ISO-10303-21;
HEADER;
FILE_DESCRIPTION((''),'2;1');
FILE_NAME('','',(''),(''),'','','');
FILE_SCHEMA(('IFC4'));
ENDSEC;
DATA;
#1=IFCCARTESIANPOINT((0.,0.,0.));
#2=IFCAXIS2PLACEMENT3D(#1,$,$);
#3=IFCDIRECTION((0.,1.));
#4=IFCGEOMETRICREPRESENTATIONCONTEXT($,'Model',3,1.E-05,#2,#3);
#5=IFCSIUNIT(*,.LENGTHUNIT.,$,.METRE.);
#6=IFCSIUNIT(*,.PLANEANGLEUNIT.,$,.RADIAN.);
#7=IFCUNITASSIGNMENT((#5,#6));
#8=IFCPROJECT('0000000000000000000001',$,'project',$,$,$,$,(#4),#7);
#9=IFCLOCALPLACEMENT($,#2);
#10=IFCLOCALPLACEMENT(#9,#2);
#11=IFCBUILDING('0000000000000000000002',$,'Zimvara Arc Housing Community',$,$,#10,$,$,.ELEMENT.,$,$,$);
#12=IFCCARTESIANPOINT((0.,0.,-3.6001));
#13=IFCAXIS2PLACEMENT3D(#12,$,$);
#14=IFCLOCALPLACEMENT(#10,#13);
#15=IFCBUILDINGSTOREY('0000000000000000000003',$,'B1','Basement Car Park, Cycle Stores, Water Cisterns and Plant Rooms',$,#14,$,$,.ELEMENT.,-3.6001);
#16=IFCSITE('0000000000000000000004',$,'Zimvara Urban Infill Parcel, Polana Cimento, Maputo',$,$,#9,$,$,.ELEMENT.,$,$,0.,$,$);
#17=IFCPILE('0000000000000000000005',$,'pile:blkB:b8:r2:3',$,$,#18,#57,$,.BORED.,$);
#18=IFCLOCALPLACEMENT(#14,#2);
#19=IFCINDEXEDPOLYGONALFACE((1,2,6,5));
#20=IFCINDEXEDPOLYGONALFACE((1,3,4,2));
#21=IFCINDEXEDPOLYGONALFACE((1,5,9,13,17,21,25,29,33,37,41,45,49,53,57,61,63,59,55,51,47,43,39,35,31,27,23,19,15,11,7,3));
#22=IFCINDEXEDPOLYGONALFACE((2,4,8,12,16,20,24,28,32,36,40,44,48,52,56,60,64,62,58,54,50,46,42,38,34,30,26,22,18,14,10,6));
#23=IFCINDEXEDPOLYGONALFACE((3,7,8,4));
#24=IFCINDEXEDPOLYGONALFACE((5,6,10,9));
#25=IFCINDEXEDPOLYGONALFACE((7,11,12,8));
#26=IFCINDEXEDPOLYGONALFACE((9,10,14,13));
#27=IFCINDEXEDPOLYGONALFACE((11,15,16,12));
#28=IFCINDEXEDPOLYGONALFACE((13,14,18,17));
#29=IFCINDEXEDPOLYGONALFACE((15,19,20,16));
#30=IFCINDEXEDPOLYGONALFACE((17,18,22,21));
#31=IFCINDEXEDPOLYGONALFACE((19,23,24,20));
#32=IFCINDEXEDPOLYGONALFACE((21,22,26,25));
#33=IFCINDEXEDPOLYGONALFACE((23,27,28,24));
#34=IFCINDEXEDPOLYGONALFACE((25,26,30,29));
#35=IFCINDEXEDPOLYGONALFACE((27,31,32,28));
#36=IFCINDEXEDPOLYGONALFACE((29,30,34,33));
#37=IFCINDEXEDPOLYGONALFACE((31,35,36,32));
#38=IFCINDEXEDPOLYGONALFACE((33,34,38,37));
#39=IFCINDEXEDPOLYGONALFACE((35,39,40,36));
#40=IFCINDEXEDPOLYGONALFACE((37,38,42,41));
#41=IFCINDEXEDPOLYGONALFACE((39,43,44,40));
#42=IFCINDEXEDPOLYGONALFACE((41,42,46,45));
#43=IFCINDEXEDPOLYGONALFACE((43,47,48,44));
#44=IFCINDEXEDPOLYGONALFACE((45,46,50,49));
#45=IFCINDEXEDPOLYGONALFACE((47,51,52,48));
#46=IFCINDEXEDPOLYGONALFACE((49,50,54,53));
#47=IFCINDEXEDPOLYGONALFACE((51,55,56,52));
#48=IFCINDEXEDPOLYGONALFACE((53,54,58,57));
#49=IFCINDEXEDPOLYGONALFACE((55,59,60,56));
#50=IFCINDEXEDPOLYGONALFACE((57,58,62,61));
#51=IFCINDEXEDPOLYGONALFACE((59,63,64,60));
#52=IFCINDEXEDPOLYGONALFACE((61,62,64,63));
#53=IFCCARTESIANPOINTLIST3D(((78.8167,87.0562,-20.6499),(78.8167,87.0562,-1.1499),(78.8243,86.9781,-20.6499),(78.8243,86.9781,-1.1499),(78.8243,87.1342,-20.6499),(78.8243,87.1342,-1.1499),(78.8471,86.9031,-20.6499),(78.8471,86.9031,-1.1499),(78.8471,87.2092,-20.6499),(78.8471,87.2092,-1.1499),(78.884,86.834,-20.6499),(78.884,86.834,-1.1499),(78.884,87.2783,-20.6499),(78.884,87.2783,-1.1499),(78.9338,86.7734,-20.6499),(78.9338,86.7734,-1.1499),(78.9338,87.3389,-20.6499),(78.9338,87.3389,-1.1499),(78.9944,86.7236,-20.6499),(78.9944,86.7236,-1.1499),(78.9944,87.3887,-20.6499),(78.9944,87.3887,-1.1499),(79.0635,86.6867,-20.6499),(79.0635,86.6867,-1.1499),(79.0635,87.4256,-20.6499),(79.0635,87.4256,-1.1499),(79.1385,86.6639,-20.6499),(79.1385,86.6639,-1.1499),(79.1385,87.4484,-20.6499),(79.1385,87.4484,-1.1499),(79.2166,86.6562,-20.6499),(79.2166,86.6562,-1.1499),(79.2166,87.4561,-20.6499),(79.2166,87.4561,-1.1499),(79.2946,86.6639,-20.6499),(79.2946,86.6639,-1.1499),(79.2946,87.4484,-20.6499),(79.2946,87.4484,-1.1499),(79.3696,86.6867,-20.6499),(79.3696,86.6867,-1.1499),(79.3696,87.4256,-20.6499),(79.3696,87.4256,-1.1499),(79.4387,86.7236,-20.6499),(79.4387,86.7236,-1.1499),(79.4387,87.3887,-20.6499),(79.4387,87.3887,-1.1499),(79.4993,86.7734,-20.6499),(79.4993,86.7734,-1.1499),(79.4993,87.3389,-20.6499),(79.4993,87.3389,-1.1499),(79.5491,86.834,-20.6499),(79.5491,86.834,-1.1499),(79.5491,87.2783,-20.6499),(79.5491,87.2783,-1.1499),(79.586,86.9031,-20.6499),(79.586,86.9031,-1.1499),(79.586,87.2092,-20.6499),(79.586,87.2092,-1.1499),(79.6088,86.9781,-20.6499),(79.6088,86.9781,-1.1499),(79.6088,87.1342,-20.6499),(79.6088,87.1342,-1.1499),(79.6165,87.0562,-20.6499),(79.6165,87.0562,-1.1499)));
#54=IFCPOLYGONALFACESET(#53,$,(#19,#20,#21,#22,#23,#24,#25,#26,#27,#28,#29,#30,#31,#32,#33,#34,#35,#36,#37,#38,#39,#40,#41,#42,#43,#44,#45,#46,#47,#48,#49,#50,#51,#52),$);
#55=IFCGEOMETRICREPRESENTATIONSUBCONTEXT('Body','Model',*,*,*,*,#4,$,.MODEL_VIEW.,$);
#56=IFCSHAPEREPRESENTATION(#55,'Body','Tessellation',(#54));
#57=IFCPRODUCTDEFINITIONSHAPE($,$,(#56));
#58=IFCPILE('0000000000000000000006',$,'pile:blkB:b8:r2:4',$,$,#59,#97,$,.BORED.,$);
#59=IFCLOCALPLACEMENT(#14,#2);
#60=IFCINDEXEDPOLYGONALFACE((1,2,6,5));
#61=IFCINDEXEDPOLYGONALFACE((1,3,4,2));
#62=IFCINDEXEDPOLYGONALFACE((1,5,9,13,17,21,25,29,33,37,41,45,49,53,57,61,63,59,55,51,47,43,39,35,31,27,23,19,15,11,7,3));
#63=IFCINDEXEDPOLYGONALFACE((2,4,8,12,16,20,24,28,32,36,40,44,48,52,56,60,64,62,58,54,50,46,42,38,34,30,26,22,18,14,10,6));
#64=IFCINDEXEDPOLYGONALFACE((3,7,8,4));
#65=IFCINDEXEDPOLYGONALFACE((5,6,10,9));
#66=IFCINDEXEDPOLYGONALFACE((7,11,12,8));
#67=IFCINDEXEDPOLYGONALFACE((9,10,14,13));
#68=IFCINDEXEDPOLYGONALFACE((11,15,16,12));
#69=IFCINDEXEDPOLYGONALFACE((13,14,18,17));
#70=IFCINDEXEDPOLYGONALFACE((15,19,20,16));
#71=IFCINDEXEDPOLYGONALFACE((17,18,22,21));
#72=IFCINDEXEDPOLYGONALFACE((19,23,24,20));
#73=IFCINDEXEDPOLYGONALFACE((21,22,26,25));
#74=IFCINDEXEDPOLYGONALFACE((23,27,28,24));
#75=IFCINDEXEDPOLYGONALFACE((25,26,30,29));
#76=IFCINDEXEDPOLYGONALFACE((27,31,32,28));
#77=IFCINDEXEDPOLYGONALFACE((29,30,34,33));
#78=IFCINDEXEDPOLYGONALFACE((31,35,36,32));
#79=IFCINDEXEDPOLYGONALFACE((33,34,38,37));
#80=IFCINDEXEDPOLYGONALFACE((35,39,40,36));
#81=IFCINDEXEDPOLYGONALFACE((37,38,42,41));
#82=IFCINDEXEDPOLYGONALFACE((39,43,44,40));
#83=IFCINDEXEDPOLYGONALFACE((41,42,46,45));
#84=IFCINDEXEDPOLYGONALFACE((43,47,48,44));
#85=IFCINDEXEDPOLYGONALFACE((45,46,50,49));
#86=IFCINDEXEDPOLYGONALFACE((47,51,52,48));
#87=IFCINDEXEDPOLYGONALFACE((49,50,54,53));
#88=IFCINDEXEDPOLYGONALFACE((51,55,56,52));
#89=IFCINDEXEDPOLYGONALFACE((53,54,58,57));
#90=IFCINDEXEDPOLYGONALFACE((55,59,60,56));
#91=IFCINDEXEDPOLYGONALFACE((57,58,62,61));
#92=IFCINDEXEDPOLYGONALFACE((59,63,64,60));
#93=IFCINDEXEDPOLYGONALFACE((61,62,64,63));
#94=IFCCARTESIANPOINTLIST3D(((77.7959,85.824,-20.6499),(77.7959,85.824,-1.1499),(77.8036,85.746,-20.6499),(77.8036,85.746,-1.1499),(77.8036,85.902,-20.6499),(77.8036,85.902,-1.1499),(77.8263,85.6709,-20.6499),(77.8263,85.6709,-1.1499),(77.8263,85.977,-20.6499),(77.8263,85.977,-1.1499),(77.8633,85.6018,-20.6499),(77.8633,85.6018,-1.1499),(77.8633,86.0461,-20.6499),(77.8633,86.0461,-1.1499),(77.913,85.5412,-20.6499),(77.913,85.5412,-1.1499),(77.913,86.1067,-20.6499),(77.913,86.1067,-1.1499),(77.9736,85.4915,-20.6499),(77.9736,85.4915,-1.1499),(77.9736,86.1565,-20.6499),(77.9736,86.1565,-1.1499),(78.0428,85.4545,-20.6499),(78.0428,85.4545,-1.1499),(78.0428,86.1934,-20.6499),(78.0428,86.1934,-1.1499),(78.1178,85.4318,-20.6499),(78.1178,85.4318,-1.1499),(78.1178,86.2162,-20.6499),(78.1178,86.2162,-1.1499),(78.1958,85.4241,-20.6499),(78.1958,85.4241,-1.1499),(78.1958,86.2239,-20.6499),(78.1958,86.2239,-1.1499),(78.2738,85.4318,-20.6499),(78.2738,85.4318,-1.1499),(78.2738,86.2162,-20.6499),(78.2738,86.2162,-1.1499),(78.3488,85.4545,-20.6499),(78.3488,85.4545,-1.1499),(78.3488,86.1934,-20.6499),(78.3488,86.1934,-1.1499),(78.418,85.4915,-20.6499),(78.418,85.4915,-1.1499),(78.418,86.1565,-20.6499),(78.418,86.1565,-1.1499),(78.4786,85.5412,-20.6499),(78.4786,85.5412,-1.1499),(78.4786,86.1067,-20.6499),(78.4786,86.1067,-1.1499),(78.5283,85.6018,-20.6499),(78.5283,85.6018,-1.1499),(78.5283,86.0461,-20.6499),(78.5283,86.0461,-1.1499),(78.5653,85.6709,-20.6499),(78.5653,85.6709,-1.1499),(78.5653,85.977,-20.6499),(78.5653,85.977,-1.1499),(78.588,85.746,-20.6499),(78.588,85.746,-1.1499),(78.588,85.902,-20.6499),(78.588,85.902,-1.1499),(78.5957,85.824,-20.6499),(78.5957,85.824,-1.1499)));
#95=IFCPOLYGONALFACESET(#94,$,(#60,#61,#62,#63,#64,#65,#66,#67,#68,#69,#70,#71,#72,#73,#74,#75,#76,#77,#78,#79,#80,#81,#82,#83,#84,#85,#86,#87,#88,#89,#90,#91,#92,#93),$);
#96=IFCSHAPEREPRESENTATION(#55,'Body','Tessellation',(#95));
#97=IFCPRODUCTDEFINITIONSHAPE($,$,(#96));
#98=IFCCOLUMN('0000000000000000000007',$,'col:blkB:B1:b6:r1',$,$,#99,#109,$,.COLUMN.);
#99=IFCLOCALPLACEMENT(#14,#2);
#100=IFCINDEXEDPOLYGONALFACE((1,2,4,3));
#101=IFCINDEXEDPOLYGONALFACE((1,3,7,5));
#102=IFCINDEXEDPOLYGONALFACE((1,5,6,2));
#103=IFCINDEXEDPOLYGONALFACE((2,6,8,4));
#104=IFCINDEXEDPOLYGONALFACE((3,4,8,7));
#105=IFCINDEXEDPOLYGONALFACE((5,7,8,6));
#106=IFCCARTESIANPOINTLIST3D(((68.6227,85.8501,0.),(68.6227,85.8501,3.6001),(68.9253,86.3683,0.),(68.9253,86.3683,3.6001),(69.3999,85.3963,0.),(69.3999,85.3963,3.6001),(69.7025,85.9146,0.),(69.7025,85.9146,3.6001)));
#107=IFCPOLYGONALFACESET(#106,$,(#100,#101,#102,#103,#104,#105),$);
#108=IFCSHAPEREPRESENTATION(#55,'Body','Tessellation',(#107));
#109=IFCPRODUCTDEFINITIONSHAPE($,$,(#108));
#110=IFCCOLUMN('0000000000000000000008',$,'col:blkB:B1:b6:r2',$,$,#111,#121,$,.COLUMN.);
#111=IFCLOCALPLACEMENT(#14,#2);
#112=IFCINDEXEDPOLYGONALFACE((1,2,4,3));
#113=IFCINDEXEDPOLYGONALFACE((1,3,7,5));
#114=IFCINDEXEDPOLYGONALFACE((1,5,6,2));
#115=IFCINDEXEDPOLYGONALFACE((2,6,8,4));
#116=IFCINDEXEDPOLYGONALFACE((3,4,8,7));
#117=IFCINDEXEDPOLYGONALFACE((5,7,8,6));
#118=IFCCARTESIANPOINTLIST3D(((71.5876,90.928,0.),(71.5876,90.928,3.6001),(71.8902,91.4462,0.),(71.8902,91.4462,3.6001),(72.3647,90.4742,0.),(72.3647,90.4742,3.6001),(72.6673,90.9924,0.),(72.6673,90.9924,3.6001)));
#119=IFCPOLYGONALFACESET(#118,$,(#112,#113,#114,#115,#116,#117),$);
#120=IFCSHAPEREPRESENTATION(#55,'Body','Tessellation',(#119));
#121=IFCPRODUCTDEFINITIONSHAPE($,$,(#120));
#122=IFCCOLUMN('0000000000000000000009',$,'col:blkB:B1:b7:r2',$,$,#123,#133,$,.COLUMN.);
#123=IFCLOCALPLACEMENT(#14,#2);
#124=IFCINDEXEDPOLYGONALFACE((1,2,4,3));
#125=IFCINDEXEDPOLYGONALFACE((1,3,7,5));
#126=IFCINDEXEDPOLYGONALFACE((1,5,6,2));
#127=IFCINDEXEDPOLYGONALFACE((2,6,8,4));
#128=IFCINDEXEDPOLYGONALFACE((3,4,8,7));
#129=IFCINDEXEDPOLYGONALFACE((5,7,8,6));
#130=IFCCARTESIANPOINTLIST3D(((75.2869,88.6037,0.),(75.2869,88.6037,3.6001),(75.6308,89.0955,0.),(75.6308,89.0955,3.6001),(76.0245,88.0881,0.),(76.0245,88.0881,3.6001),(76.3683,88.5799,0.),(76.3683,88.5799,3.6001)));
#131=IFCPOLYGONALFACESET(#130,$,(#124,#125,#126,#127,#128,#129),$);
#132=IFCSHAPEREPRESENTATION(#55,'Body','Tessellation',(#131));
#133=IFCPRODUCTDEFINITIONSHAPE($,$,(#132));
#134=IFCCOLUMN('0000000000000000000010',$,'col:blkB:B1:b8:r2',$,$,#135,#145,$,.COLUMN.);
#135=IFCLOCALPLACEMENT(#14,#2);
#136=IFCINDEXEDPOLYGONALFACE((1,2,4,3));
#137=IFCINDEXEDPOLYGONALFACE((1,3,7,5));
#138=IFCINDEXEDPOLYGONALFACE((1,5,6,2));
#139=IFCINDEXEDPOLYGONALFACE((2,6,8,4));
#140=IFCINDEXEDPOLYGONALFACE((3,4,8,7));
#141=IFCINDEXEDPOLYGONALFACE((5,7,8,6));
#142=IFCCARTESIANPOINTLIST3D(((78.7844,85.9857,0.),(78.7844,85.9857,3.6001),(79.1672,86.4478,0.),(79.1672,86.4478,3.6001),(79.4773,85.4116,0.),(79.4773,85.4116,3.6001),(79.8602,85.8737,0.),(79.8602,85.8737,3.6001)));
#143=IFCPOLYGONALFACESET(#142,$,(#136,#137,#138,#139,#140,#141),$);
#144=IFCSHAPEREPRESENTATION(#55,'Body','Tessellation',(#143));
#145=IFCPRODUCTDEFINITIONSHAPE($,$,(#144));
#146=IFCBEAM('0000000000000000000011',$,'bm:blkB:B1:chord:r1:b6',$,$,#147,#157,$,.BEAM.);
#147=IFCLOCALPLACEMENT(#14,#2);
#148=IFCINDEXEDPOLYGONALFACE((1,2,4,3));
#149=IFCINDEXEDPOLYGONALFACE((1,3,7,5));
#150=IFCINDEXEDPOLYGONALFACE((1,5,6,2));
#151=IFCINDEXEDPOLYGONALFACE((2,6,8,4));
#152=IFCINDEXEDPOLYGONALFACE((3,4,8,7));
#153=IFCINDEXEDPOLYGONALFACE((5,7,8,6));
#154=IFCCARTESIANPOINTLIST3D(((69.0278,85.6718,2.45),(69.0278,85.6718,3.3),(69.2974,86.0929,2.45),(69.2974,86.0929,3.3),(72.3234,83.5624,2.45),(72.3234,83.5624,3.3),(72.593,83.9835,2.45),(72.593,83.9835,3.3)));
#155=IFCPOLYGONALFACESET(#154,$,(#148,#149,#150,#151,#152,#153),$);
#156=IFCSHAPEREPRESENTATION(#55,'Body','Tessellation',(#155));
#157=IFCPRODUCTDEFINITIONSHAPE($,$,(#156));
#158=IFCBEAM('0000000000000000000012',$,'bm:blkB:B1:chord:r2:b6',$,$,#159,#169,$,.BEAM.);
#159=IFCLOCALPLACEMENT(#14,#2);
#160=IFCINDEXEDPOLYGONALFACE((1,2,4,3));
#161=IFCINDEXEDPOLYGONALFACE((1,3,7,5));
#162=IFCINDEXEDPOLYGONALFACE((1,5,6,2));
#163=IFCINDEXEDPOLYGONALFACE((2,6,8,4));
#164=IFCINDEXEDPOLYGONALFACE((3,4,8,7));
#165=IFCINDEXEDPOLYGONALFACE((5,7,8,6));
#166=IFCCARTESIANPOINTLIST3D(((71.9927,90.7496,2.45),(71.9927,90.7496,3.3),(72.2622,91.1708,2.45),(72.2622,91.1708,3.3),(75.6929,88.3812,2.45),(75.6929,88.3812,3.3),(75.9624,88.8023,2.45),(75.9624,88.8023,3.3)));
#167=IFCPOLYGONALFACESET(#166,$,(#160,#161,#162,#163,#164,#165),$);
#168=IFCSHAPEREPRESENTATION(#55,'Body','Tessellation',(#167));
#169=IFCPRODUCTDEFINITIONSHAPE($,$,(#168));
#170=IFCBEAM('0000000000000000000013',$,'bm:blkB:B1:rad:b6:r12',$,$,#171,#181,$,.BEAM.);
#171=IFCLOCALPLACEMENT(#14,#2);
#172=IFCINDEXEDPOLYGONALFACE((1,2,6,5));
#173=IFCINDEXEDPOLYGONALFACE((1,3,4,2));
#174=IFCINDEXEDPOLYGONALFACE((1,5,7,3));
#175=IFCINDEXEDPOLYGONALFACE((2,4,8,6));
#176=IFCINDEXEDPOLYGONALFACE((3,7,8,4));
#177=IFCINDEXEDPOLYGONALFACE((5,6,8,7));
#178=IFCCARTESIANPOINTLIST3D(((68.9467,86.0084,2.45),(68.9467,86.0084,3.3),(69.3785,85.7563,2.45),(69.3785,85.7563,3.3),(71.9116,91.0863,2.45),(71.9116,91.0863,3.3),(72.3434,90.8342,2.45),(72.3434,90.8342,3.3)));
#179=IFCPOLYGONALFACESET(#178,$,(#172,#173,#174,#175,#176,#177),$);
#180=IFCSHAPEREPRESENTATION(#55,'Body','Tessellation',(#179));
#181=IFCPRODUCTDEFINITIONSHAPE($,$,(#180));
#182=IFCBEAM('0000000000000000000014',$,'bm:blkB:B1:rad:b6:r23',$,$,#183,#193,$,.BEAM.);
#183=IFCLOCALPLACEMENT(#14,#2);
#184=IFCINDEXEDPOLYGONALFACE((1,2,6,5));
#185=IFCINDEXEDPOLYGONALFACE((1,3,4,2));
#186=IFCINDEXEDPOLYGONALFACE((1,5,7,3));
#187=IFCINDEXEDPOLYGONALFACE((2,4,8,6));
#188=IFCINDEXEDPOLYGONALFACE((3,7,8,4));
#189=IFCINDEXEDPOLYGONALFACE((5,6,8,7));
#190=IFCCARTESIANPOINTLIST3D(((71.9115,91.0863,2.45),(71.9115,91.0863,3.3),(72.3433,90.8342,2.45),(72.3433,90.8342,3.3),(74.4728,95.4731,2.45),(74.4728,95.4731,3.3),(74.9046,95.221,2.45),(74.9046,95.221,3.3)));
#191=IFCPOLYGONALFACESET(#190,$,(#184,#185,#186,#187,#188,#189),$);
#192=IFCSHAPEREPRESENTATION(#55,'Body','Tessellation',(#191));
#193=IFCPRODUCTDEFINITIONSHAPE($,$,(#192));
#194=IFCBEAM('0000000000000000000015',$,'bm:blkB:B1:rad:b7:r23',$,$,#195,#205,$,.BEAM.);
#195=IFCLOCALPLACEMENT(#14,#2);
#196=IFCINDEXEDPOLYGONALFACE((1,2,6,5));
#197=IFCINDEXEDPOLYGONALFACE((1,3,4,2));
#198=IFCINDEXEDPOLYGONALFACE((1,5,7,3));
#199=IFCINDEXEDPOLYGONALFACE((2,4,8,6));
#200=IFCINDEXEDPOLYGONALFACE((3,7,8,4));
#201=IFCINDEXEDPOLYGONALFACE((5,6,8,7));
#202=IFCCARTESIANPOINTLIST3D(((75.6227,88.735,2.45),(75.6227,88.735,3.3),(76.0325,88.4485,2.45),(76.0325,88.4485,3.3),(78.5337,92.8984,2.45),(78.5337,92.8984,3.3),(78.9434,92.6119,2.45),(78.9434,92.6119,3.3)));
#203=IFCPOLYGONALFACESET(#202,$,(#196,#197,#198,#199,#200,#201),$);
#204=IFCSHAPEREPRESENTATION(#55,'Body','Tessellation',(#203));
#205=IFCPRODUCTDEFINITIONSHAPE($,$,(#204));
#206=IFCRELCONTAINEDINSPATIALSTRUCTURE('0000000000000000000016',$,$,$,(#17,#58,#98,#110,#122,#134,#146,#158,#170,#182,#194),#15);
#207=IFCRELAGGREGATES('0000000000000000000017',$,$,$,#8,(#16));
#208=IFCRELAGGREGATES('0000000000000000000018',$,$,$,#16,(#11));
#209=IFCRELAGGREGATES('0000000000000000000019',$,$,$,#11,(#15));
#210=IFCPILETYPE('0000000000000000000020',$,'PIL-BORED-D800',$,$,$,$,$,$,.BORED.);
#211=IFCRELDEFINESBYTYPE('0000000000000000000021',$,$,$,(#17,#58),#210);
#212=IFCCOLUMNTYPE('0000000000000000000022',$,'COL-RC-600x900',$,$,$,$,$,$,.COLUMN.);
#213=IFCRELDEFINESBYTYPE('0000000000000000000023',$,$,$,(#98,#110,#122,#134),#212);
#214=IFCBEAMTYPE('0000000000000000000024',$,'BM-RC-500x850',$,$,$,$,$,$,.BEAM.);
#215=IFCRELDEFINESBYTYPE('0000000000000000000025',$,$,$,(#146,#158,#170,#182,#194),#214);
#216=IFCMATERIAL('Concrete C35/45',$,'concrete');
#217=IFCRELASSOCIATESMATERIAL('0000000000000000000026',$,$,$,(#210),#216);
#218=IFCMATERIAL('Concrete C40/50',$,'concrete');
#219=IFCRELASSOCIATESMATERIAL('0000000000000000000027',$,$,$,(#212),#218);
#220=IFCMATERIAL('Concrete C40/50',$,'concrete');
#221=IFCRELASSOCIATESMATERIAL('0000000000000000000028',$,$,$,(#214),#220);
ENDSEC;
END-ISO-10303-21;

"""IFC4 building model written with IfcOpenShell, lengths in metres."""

from ifc_helpers import new_model, si_unit, direction, frame, origin, origin_2d, place, context, subcontext, project, spatial, rectangle, circle, extrude, material, material_profile, profile_set, type_object, element, save


model = new_model("IFC4")

# Units and contexts
model_context = context("Model", 3, precision=1e-05, world=origin(), true_north=direction((0.0, 1.0)))
body_context = subcontext(model_context, "Body", "Model", "MODEL_VIEW")
ifc_project = project(units=[si_unit("LENGTHUNIT", "METRE"), si_unit("PLANEANGLEUNIT", "RADIAN")], contexts=[model_context])

# Site, building, storey
site_placement = place(None, origin())
site = spatial("IfcSite", under=ifc_project, at=site_placement, Name="Zimvara Urban Infill Parcel, Polana Cimento, Maputo", CompositionType="ELEMENT", RefElevation=0.0)
building_placement = place(site_placement, origin())
building = spatial("IfcBuilding", under=site, at=building_placement, Name="Zimvara Arc Housing Community", CompositionType="ELEMENT")
storey_placement = place(building_placement, frame((0.0, 0.0, -3.6001)))
storey = spatial("IfcBuildingStorey", under=building, at=storey_placement, Name="B1", Description="Basement Car Park, Cycle Stores, Water Cisterns and Plant Rooms", CompositionType="ELEMENT", Elevation=-3.6001)

# Piles
ifc_material_1 = material(Name="Concrete C35/45", Category="concrete")
ifc_material_profile_1 = material_profile(ifc_material_1, circle(Radius=0.3999, at=origin_2d()), Name="PILE D800")
ifc_profile_set_1 = profile_set([ifc_material_profile_1], Name="Concrete C35/45")
pile_type = type_object("IfcPileType", Name="PIL-BORED-D800", PredefinedType="BORED", material=ifc_profile_set_1)
for number, where, z_axis, x_axis, name in (
    (1, (79.2166, 87.0562, -1.1499), (0.0, 0.0, -1.0), (1.0, 0.0, 0.0), "pile:blkB:b8:r2:3"),
    (2, (78.1958, 85.824, -1.1499), (0.0, 0.0, -1.0), (1.0, 0.0, 0.0), "pile:blkB:b8:r2:4"),
):
    element("IfcPile", number, at=place(storey_placement, frame(where, z_axis=z_axis, x_axis=x_axis)), inside=storey, type_object=pile_type, Name=name, PredefinedType="BORED", context=body_context, shape_type="SweptSolid", body=[
        extrude(circle(Radius=0.3999, at=origin_2d()), origin(), (0.0, 0.0, 1.0), 19.5),
    ])

# Columns
ifc_material_2 = material(Name="Concrete C40/50", Category="concrete")
ifc_material_profile_2 = material_profile(ifc_material_2, rectangle(XDim=0.6001, YDim=0.8999, at=origin_2d()), Name="RC 600x900")
ifc_profile_set_2 = profile_set([ifc_material_profile_2], Name="Concrete C40/50")
column_type = type_object("IfcColumnType", Name="COL-RC-600x900", PredefinedType="COLUMN", material=ifc_profile_set_2)
for number, where, z_axis, x_axis, name in (
    (3, (69.1626, 85.8823, 0.0), (0.0, 0.0, 1.0), (0.504226, 0.863572, 0.0), "col:blkB:B1:b6:r1"),
    (4, (72.1274, 90.9602, 0.0), (0.0, 0.0, 1.0), (0.504226, 0.863572, 0.0), "col:blkB:B1:b6:r2"),
    (5, (75.8276, 88.5918, 0.0), (0.0, 0.0, 1.0), (0.573004, 0.819552, 0.0), "col:blkB:B1:b7:r2"),
    (6, (79.3223, 85.9297, 0.0), (0.0, 0.0, 1.0), (0.637962, 0.770068, 0.0), "col:blkB:B1:b8:r2"),
):
    element("IfcColumn", number, at=place(storey_placement, frame(where, z_axis=z_axis, x_axis=x_axis)), inside=storey, type_object=column_type, Name=name, PredefinedType="COLUMN", context=body_context, shape_type="SweptSolid", body=[
        extrude(rectangle(XDim=0.6001, YDim=0.8999, at=origin_2d()), origin(), (0.0, 0.0, 1.0), 3.6001),
    ])

# Beams
ifc_material_3 = material(Name="Concrete C40/50", Category="concrete")
ifc_material_profile_3 = material_profile(ifc_material_3, rectangle(XDim=0.5, YDim=0.8501, at=origin_2d()), Name="RC 500x850")
ifc_profile_set_3 = profile_set([ifc_material_profile_3], Name="Concrete C40/50")
beam_type = type_object("IfcBeamType", Name="BM-RC-500x850", PredefinedType="BEAM", material=ifc_profile_set_3)
beam_1_placement = place(storey_placement, frame((69.1626, 85.8823, 2.875), z_axis=(0.842253, -0.539082, 0.0), x_axis=(0.539082, 0.842253, 0.0)))
element("IfcBeam", 7, at=beam_1_placement, inside=storey, type_object=beam_type, Name="bm:blkB:B1:chord:r1:b6", PredefinedType="BEAM", context=body_context, shape_type="SweptSolid", body=[
    extrude(rectangle(XDim=0.5, YDim=0.8501, at=origin_2d()), origin(), (0.0, 0.0, 1.0), 3.9128),
])
beam_2_placement = place(storey_placement, frame((72.1274, 90.9602, 2.875), z_axis=(0.842242, -0.539099, 0.0), x_axis=(0.539099, 0.842242, 0.0)))
element("IfcBeam", 8, at=beam_2_placement, inside=storey, type_object=beam_type, Name="bm:blkB:B1:chord:r2:b6", PredefinedType="BEAM", context=body_context, shape_type="SweptSolid", body=[
    extrude(rectangle(XDim=0.5, YDim=0.8501, at=origin_2d()), origin(), (0.0, 0.0, 1.0), 4.3933),
])
beam_3_placement = place(storey_placement, frame((69.1626, 85.8823, 2.875), z_axis=(0.504219, 0.863576, 0.0), x_axis=(-0.863576, 0.504219, 0.0)))
element("IfcBeam", 9, at=beam_3_placement, inside=storey, type_object=beam_type, Name="bm:blkB:B1:rad:b6:r12", PredefinedType="BEAM", context=body_context, shape_type="SweptSolid", body=[
    extrude(rectangle(XDim=0.5, YDim=0.8501, at=origin_2d()), origin(), (0.0, 0.0, 1.0), 5.8801),
])
beam_4_placement = place(storey_placement, frame((72.1274, 90.9602, 2.875), z_axis=(0.504197, 0.863589, 0.0), x_axis=(-0.863589, 0.504197, 0.0)))
element("IfcBeam", 10, at=beam_4_placement, inside=storey, type_object=beam_type, Name="bm:blkB:B1:rad:b6:r23", PredefinedType="BEAM", context=body_context, shape_type="SweptSolid", body=[
    extrude(rectangle(XDim=0.5, YDim=0.8501, at=origin_2d()), origin(), (0.0, 0.0, 1.0), 5.0798),
])
for number, where, z_axis, x_axis, name in (
    (11, (75.8276, 88.5918, 2.875), (0.573007, 0.81955, 0.0), (-0.81955, 0.573007, 0.0), "bm:blkB:B1:rad:b7:r23"),
):
    element("IfcBeam", number, at=place(storey_placement, frame(where, z_axis=z_axis, x_axis=x_axis)), inside=storey, type_object=beam_type, Name=name, PredefinedType="BEAM", context=body_context, shape_type="SweptSolid", body=[
        extrude(rectangle(XDim=0.5, YDim=0.8501, at=origin_2d()), origin(), (0.0, 0.0, 1.0), 5.0801),
    ])

save(model, "model.ifc")
